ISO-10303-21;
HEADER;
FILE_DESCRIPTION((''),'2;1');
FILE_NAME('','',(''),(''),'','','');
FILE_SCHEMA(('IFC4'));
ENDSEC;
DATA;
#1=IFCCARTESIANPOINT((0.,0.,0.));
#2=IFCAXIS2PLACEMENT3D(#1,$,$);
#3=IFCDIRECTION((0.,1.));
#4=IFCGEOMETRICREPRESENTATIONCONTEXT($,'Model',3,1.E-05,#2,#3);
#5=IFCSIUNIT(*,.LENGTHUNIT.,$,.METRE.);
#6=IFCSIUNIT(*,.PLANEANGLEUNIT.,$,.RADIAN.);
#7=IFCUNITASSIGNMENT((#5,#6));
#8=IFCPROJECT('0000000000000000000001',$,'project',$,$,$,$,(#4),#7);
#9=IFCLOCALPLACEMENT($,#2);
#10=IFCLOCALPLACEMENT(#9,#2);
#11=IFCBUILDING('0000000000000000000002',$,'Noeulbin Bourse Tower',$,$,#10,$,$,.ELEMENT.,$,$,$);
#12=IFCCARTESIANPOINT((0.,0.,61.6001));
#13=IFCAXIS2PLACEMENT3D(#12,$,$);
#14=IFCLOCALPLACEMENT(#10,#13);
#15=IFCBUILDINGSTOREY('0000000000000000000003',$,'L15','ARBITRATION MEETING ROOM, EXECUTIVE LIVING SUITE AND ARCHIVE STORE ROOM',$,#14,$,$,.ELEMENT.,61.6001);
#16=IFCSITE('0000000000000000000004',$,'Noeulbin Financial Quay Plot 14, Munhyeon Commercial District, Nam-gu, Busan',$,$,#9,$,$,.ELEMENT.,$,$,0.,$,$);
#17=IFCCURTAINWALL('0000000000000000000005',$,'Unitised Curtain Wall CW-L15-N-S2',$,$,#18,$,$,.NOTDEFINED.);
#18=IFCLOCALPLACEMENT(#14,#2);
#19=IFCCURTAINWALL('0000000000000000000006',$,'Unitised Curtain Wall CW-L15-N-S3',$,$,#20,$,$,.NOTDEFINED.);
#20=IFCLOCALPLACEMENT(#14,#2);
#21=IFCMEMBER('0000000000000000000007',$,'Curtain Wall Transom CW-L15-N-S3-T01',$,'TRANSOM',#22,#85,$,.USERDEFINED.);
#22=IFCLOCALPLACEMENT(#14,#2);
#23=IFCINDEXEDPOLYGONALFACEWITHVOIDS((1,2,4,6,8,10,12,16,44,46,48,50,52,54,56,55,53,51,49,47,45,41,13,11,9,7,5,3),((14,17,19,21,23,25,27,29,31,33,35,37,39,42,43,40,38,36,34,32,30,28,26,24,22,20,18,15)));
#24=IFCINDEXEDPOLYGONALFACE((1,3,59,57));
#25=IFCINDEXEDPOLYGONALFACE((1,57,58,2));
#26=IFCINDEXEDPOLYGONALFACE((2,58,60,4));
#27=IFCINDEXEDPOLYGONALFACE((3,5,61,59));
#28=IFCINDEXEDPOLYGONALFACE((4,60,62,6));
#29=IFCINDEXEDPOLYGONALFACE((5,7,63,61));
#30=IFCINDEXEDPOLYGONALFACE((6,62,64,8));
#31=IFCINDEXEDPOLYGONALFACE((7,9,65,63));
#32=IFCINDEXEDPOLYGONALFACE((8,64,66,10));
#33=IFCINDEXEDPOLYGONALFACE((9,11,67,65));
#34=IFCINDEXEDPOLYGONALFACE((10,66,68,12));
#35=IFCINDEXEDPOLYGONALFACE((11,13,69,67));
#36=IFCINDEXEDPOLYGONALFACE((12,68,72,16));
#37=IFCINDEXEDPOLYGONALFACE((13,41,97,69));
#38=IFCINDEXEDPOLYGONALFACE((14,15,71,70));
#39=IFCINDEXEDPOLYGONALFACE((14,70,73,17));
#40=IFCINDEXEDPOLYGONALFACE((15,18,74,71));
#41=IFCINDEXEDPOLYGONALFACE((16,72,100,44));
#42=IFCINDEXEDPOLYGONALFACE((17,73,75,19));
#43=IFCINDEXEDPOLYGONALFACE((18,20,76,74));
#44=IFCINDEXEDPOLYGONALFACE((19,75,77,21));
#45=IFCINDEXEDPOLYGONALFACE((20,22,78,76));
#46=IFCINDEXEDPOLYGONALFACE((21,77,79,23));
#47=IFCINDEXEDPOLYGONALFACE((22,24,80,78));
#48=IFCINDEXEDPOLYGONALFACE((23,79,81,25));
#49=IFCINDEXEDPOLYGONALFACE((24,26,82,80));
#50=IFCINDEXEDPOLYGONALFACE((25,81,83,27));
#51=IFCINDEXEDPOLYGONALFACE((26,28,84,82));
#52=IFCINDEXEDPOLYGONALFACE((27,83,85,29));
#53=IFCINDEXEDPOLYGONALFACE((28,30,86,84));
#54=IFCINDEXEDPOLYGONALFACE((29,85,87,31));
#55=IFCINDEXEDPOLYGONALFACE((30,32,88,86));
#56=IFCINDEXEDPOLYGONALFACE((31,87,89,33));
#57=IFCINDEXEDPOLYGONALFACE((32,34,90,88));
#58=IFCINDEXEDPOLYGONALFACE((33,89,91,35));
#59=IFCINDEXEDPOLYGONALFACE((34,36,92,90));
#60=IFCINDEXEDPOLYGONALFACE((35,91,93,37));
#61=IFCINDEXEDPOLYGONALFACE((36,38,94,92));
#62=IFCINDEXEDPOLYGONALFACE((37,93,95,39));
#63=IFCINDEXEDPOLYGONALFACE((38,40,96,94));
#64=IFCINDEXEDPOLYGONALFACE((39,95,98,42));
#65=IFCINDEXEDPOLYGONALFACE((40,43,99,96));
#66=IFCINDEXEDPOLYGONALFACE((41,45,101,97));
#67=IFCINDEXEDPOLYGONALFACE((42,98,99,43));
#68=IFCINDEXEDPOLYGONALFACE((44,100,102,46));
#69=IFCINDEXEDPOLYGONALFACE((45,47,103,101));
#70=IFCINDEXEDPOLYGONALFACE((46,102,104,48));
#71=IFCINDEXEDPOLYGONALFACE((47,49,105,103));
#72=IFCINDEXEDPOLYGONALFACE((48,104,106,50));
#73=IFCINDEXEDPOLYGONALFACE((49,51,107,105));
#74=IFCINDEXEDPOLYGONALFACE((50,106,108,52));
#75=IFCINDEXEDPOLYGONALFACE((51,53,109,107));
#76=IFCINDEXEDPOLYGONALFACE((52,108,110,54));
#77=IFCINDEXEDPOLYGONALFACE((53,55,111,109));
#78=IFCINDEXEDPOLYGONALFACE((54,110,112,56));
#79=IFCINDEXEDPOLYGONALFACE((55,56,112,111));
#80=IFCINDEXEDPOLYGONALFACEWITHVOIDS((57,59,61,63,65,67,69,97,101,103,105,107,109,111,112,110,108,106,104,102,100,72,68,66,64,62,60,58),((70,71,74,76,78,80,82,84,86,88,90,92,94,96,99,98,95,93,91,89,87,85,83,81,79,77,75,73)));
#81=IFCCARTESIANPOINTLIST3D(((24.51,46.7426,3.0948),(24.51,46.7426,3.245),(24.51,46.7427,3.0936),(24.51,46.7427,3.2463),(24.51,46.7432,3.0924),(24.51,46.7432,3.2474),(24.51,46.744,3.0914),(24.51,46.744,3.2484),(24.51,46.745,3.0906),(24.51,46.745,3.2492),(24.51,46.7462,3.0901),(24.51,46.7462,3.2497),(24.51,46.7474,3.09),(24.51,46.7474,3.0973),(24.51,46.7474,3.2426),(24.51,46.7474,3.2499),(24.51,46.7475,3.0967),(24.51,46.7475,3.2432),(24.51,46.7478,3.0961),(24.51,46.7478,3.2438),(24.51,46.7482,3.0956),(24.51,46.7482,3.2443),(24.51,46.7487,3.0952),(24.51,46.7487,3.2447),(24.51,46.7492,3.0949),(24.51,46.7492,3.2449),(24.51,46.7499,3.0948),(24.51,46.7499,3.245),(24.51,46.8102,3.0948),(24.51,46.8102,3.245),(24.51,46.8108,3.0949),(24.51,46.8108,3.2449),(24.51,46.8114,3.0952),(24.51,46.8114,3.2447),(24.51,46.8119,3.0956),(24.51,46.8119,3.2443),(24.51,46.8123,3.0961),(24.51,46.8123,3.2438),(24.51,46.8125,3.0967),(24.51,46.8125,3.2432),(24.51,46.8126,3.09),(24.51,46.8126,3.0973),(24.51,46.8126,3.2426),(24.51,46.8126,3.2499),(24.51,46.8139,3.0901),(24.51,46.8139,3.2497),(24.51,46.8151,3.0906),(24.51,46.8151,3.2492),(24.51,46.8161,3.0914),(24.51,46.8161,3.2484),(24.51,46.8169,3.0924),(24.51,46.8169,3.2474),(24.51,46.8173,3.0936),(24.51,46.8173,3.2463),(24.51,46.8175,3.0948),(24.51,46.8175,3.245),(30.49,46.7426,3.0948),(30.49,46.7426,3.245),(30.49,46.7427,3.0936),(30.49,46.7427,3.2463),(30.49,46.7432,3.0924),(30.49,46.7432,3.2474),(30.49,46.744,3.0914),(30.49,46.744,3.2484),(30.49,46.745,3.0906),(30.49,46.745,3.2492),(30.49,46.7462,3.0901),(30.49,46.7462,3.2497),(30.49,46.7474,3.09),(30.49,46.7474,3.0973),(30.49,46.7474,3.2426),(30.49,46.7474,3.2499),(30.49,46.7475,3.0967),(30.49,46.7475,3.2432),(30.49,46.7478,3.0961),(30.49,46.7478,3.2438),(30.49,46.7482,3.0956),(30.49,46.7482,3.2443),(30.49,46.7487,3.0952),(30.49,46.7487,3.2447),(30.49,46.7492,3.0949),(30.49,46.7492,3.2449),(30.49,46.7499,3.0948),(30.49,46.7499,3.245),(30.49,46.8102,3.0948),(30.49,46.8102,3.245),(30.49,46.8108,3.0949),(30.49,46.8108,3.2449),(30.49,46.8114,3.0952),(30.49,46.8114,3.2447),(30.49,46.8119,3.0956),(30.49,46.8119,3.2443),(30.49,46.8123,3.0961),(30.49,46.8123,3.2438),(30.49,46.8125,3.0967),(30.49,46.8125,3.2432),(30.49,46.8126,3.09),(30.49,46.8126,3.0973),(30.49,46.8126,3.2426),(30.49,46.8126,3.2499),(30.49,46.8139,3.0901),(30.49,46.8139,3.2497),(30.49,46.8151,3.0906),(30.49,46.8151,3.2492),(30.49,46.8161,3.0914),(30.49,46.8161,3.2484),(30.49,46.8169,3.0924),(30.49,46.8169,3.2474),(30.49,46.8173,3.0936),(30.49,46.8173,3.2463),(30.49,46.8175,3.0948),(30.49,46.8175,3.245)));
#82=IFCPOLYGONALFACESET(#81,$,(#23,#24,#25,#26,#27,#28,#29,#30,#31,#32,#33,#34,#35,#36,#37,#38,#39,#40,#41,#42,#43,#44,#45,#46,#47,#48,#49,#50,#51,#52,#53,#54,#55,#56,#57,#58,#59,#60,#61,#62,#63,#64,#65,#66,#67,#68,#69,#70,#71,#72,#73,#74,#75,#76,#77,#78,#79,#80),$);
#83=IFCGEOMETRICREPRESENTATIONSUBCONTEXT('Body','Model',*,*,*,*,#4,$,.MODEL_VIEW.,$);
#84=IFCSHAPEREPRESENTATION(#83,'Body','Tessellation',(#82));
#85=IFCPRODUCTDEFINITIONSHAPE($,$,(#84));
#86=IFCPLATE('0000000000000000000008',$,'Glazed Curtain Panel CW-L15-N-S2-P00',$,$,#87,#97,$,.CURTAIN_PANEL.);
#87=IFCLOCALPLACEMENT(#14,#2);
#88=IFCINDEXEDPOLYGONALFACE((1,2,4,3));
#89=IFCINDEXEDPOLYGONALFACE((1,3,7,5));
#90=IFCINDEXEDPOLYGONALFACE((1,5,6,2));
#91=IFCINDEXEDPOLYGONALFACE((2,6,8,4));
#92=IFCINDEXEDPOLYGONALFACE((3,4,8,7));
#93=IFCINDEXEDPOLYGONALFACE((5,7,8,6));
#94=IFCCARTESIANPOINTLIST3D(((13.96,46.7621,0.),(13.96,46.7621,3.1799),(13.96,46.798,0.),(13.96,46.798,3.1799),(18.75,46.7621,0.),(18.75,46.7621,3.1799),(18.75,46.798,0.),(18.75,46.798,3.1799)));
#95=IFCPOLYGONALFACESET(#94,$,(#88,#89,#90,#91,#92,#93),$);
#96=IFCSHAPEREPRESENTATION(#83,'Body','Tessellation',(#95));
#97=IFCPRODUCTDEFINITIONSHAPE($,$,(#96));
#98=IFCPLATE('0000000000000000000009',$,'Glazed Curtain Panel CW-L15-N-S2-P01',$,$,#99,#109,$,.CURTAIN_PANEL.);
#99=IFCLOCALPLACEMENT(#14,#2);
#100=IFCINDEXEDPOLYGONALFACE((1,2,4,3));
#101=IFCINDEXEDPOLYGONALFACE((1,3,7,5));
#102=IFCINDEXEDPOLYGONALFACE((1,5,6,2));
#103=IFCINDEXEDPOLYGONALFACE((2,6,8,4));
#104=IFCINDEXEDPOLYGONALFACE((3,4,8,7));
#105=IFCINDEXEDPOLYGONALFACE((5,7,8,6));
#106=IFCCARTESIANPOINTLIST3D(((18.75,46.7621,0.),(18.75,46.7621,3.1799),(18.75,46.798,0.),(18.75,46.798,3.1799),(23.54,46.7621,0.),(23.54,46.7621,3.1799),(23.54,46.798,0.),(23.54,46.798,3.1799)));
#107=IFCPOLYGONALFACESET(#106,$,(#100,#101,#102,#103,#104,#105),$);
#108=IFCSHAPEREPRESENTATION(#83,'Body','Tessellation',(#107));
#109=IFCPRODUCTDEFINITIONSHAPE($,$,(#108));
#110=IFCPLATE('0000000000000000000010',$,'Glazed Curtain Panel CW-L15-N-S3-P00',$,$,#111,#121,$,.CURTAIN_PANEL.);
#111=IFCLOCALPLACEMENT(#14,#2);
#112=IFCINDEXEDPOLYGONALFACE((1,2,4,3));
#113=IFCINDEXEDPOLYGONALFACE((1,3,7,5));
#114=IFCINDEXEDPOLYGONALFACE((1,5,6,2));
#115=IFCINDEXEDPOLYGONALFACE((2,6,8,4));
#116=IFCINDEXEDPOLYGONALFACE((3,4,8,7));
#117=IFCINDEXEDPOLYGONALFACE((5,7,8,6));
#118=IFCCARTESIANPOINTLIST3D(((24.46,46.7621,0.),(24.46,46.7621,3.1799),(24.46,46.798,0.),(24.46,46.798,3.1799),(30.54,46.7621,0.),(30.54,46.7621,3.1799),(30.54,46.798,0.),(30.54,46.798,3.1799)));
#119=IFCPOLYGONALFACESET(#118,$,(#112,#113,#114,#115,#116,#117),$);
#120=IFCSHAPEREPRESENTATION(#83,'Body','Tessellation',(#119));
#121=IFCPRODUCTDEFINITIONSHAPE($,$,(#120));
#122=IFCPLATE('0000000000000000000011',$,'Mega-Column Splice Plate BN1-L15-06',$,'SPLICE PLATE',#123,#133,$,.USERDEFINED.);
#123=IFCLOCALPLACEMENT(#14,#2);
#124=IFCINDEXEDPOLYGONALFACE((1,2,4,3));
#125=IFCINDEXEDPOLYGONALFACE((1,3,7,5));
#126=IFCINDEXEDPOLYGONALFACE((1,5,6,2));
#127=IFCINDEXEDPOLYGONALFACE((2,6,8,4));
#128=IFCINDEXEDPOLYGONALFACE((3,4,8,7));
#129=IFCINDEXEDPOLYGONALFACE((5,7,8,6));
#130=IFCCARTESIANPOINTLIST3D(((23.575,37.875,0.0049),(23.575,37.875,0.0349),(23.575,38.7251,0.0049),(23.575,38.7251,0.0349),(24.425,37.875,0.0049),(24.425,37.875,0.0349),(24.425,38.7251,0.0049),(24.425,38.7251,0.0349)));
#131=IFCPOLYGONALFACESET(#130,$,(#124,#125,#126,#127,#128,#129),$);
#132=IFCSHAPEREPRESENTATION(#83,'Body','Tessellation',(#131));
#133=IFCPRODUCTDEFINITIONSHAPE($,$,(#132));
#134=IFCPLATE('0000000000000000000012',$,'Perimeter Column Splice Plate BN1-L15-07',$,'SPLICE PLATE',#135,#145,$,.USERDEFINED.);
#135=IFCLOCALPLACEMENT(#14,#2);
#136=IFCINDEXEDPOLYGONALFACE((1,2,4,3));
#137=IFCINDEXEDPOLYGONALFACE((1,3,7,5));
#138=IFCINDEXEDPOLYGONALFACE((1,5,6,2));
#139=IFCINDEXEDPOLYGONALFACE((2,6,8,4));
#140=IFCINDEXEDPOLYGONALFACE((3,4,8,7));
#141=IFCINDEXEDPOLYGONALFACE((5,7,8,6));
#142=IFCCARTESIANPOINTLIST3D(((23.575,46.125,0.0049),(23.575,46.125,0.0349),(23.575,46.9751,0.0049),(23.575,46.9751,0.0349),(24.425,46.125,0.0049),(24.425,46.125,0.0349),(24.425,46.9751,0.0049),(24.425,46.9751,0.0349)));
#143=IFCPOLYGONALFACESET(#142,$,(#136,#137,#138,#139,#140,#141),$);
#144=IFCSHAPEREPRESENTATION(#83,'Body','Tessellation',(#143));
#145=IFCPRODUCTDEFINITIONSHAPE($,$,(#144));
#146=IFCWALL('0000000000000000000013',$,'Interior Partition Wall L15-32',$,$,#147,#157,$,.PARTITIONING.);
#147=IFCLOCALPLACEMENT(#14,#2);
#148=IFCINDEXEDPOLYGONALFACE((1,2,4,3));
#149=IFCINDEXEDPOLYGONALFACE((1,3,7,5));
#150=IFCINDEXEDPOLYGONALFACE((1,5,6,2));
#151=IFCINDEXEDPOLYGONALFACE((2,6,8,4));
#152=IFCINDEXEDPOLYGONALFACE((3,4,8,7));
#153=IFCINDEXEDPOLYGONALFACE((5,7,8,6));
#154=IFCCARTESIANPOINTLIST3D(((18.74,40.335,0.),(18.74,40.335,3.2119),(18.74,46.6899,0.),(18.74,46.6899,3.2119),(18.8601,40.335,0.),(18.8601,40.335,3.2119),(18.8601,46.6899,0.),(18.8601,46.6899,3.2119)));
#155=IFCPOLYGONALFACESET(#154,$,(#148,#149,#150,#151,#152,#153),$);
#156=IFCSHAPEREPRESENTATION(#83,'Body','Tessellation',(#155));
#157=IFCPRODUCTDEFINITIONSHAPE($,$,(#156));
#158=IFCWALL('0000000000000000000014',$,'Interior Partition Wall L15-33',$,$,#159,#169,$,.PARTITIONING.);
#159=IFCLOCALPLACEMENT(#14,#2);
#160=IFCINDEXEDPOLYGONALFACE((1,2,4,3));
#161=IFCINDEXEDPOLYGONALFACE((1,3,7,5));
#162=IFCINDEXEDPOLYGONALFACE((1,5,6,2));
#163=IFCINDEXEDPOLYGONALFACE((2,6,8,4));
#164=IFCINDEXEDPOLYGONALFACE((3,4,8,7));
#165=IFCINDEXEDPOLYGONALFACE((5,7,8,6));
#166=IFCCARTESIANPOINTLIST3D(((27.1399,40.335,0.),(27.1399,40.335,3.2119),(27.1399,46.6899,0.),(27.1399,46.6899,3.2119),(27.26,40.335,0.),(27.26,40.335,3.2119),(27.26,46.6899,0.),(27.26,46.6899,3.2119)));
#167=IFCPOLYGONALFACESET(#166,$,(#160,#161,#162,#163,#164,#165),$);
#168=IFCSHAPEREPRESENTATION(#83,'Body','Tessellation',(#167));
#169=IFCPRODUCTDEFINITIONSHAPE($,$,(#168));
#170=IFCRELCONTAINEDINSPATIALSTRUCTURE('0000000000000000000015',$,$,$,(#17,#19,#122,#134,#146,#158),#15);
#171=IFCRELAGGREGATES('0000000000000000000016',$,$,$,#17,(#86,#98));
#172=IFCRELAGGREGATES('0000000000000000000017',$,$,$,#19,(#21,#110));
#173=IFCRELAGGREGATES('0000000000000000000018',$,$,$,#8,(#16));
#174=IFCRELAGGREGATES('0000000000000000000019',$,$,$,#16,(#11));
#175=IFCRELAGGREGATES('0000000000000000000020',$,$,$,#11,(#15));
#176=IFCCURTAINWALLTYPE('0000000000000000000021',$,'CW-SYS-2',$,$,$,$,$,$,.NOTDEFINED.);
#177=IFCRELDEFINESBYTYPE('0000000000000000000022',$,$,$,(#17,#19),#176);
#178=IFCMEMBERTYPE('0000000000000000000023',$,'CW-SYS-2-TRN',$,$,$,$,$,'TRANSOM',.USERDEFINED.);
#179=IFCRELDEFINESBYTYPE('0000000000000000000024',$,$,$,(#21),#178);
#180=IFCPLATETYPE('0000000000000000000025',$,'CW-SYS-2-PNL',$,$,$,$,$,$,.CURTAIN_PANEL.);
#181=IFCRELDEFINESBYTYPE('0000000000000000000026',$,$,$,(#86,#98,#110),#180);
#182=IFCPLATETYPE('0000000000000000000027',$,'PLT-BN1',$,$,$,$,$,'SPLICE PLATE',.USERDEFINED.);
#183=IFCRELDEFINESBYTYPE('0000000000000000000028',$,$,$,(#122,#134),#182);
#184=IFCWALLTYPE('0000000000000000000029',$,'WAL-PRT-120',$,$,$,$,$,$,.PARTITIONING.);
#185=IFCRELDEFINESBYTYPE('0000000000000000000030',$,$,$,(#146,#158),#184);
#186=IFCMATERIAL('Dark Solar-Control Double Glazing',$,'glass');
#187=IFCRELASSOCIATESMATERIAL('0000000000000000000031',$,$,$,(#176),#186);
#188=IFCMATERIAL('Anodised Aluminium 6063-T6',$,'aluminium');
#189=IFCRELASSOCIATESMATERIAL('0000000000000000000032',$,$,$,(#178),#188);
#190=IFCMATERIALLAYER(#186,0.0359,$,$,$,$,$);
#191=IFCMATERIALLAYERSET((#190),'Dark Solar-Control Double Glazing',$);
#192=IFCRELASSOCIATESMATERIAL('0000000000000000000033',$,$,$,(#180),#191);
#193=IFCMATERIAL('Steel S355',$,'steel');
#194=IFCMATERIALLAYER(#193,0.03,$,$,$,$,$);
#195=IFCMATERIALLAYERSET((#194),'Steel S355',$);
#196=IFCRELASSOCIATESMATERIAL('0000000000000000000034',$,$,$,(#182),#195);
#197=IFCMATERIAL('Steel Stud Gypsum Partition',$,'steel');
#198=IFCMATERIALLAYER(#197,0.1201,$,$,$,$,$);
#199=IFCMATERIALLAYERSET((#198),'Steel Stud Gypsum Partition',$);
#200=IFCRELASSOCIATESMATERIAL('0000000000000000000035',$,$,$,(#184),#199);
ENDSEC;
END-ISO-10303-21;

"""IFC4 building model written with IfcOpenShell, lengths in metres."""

from ifc_helpers import new_model, si_unit, direction, frame, frame_2d, origin, origin_2d, place, context, subcontext, project, spatial, rectangle, hollow_rectangle, extrude, material, layer, layer_set, material_profile, profile_set, type_object, element, aggregate, save


model = new_model("IFC4")

# Units and contexts
model_context = context("Model", 3, precision=1e-05, world=origin(), true_north=direction((0.0, 1.0)))
body_context = subcontext(model_context, "Body", "Model", "MODEL_VIEW")
ifc_project = project(units=[si_unit("LENGTHUNIT", "METRE"), si_unit("PLANEANGLEUNIT", "RADIAN")], contexts=[model_context])

# Site, building, storey
site_placement = place(None, origin())
site = spatial("IfcSite", under=ifc_project, at=site_placement, Name="Noeulbin Financial Quay Plot 14, Munhyeon Commercial District, Nam-gu, Busan", CompositionType="ELEMENT", RefElevation=0.0)
building_placement = place(site_placement, origin())
building = spatial("IfcBuilding", under=site, at=building_placement, Name="Noeulbin Bourse Tower", CompositionType="ELEMENT")
storey_placement = place(building_placement, frame((0.0, 0.0, 61.6001)))
storey = spatial("IfcBuildingStorey", under=building, at=storey_placement, Name="L15", Description="ARBITRATION MEETING ROOM, EXECUTIVE LIVING SUITE AND ARCHIVE STORE ROOM", CompositionType="ELEMENT", Elevation=61.6001)

# Shared definitions
ifc_material_1 = material(Name="Steel S355", Category="steel")

# Curtain walls, member
ifc_material_2 = material(Name="Dark Solar-Control Double Glazing", Category="glass")
curtain_wall_type = type_object("IfcCurtainWallType", Name="CW-SYS-2", PredefinedType="NOTDEFINED", material=ifc_material_2)
curtain_wall_1_placement = place(storey_placement, origin())
curtain_wall_1 = element("IfcCurtainWall", 1, at=curtain_wall_1_placement, inside=storey, type_object=curtain_wall_type, Name="Unitised Curtain Wall CW-L15-N-S2", PredefinedType="NOTDEFINED")
ifc_material_3 = material(Name="Anodised Aluminium 6063-T6", Category="aluminium")
curtain_wall_2_placement = place(storey_placement, origin())
curtain_wall_2 = element("IfcCurtainWall", 2, at=curtain_wall_2_placement, inside=storey, type_object=curtain_wall_type, Name="Unitised Curtain Wall CW-L15-N-S3", PredefinedType="NOTDEFINED")
ifc_material_profile_1 = material_profile(ifc_material_3, hollow_rectangle(XDim=0.075, YDim=0.1599, WallThickness=0.0049, InnerFilletRadius=0.0024, OuterFilletRadius=0.0049, at=origin_2d()), Name="ALU-TRAN-75x160x5", Category="LoadBearing")
ifc_profile_set_1 = profile_set([ifc_material_profile_1], Name="Anodised Aluminium 6063-T6")
member_type_1 = type_object("IfcMemberType", Name="CW-SYS-2-TRN", ElementType="TRANSOM", PredefinedType="USERDEFINED", material=ifc_profile_set_1)
member_1_placement = place(storey_placement, frame((24.51, 46.78, 3.1699), z_axis=(1.0, 0.0, 0.0), x_axis=(0.0, 1.0, 0.0)))
member_1 = element("IfcMember", 3, at=member_1_placement, type_object=member_type_1, Name="Curtain Wall Transom CW-L15-N-S3-T01", ObjectType="TRANSOM", PredefinedType="USERDEFINED", context=body_context, shape_type="SweptSolid", body=[
    extrude(hollow_rectangle(XDim=0.075, YDim=0.1599, WallThickness=0.0049, InnerFilletRadius=0.0024, OuterFilletRadius=0.0049, at=origin_2d()), origin(), (0.0, 0.0, 1.0), 5.98),
])

# Plates
ifc_layer_1 = layer(ifc_material_2, 0.0359)
ifc_layer_set_1 = layer_set([ifc_layer_1], Name="Dark Solar-Control Double Glazing")
plate_type_1 = type_object("IfcPlateType", Name="CW-SYS-2-PNL", PredefinedType="CURTAIN_PANEL", material=ifc_layer_set_1)
plate_1_placement = place(storey_placement, frame((16.355, 46.78, 0.0), z_axis=(0.0, 0.0, 1.0), x_axis=(1.0, 0.0, 0.0)))
plate_1 = element("IfcPlate", 4, at=plate_1_placement, type_object=plate_type_1, Name="Glazed Curtain Panel CW-L15-N-S2-P00", PredefinedType="CURTAIN_PANEL", context=body_context, shape_type="SweptSolid", body=[
    extrude(rectangle(XDim=4.79, YDim=0.0359, at=origin_2d()), origin(), (0.0, 0.0, 1.0), 3.1799),
])
plate_2_placement = place(storey_placement, frame((21.145, 46.78, 0.0), z_axis=(0.0, 0.0, 1.0), x_axis=(1.0, 0.0, 0.0)))
plate_2 = element("IfcPlate", 5, at=plate_2_placement, type_object=plate_type_1, Name="Glazed Curtain Panel CW-L15-N-S2-P01", PredefinedType="CURTAIN_PANEL", context=body_context, shape_type="SweptSolid", body=[
    extrude(rectangle(XDim=4.79, YDim=0.0359, at=origin_2d()), origin(), (0.0, 0.0, 1.0), 3.1799),
])
aggregate(curtain_wall_1, [plate_1, plate_2])
plate_3_placement = place(storey_placement, frame((27.5, 46.78, 0.0), z_axis=(0.0, 0.0, 1.0), x_axis=(1.0, 0.0, 0.0)))
plate_3 = element("IfcPlate", 6, at=plate_3_placement, type_object=plate_type_1, Name="Glazed Curtain Panel CW-L15-N-S3-P00", PredefinedType="CURTAIN_PANEL", context=body_context, shape_type="SweptSolid", body=[
    extrude(rectangle(XDim=6.0801, YDim=0.0359, at=origin_2d()), origin(), (0.0, 0.0, 1.0), 3.1799),
])
aggregate(curtain_wall_2, [member_1, plate_3])

# Plates
ifc_layer_2 = layer(ifc_material_1, 0.03)
ifc_layer_set_2 = layer_set([ifc_layer_2], Name="Steel S355")
plate_type_2 = type_object("IfcPlateType", Name="PLT-BN1", ElementType="SPLICE PLATE", PredefinedType="USERDEFINED", material=ifc_layer_set_2)
for number, where, z_axis, x_axis, name in (
    (7, (24.0, 38.3, 0.0049), (0.0, 0.0, 1.0), (1.0, 0.0, 0.0), "Mega-Column Splice Plate BN1-L15-06"),
    (8, (24.0, 46.55, 0.0049), (0.0, 0.0, 1.0), (1.0, 0.0, 0.0), "Perimeter Column Splice Plate BN1-L15-07"),
):
    element("IfcPlate", number, at=place(storey_placement, frame(where, z_axis=z_axis, x_axis=x_axis)), inside=storey, type_object=plate_type_2, Name=name, ObjectType="SPLICE PLATE", PredefinedType="USERDEFINED", context=body_context, shape_type="SweptSolid", body=[
        extrude(rectangle(XDim=0.8501, YDim=0.8501, at=origin_2d()), origin(), (0.0, 0.0, 1.0), 0.03),
    ])

# Walls
ifc_material_4 = material(Name="Steel Stud Gypsum Partition", Category="steel")
ifc_layer_3 = layer(ifc_material_4, 0.1201)
ifc_layer_set_3 = layer_set([ifc_layer_3], Name="Steel Stud Gypsum Partition")
wall_type = type_object("IfcWallType", Name="WAL-PRT-120", PredefinedType="PARTITIONING", material=ifc_layer_set_3)
for number, where, z_axis, x_axis, name in (
    (9, (18.8, 40.335, 0.0), (0.0, 0.0, 1.0), (0.0, 1.0, 0.0), "Interior Partition Wall L15-32"),
    (10, (27.2, 40.335, 0.0), (0.0, 0.0, 1.0), (0.0, 1.0, 0.0), "Interior Partition Wall L15-33"),
):
    element("IfcWall", number, at=place(storey_placement, frame(where, z_axis=z_axis, x_axis=x_axis)), inside=storey, type_object=wall_type, Name=name, PredefinedType="PARTITIONING", context=body_context, shape_type="SweptSolid", body=[
        extrude(rectangle(XDim=6.355, YDim=0.1201, at=frame_2d((3.1775, 0.0))), origin(), (0.0, 0.0, 1.0), 3.2119),
    ])

save(model, "model.ifc")
